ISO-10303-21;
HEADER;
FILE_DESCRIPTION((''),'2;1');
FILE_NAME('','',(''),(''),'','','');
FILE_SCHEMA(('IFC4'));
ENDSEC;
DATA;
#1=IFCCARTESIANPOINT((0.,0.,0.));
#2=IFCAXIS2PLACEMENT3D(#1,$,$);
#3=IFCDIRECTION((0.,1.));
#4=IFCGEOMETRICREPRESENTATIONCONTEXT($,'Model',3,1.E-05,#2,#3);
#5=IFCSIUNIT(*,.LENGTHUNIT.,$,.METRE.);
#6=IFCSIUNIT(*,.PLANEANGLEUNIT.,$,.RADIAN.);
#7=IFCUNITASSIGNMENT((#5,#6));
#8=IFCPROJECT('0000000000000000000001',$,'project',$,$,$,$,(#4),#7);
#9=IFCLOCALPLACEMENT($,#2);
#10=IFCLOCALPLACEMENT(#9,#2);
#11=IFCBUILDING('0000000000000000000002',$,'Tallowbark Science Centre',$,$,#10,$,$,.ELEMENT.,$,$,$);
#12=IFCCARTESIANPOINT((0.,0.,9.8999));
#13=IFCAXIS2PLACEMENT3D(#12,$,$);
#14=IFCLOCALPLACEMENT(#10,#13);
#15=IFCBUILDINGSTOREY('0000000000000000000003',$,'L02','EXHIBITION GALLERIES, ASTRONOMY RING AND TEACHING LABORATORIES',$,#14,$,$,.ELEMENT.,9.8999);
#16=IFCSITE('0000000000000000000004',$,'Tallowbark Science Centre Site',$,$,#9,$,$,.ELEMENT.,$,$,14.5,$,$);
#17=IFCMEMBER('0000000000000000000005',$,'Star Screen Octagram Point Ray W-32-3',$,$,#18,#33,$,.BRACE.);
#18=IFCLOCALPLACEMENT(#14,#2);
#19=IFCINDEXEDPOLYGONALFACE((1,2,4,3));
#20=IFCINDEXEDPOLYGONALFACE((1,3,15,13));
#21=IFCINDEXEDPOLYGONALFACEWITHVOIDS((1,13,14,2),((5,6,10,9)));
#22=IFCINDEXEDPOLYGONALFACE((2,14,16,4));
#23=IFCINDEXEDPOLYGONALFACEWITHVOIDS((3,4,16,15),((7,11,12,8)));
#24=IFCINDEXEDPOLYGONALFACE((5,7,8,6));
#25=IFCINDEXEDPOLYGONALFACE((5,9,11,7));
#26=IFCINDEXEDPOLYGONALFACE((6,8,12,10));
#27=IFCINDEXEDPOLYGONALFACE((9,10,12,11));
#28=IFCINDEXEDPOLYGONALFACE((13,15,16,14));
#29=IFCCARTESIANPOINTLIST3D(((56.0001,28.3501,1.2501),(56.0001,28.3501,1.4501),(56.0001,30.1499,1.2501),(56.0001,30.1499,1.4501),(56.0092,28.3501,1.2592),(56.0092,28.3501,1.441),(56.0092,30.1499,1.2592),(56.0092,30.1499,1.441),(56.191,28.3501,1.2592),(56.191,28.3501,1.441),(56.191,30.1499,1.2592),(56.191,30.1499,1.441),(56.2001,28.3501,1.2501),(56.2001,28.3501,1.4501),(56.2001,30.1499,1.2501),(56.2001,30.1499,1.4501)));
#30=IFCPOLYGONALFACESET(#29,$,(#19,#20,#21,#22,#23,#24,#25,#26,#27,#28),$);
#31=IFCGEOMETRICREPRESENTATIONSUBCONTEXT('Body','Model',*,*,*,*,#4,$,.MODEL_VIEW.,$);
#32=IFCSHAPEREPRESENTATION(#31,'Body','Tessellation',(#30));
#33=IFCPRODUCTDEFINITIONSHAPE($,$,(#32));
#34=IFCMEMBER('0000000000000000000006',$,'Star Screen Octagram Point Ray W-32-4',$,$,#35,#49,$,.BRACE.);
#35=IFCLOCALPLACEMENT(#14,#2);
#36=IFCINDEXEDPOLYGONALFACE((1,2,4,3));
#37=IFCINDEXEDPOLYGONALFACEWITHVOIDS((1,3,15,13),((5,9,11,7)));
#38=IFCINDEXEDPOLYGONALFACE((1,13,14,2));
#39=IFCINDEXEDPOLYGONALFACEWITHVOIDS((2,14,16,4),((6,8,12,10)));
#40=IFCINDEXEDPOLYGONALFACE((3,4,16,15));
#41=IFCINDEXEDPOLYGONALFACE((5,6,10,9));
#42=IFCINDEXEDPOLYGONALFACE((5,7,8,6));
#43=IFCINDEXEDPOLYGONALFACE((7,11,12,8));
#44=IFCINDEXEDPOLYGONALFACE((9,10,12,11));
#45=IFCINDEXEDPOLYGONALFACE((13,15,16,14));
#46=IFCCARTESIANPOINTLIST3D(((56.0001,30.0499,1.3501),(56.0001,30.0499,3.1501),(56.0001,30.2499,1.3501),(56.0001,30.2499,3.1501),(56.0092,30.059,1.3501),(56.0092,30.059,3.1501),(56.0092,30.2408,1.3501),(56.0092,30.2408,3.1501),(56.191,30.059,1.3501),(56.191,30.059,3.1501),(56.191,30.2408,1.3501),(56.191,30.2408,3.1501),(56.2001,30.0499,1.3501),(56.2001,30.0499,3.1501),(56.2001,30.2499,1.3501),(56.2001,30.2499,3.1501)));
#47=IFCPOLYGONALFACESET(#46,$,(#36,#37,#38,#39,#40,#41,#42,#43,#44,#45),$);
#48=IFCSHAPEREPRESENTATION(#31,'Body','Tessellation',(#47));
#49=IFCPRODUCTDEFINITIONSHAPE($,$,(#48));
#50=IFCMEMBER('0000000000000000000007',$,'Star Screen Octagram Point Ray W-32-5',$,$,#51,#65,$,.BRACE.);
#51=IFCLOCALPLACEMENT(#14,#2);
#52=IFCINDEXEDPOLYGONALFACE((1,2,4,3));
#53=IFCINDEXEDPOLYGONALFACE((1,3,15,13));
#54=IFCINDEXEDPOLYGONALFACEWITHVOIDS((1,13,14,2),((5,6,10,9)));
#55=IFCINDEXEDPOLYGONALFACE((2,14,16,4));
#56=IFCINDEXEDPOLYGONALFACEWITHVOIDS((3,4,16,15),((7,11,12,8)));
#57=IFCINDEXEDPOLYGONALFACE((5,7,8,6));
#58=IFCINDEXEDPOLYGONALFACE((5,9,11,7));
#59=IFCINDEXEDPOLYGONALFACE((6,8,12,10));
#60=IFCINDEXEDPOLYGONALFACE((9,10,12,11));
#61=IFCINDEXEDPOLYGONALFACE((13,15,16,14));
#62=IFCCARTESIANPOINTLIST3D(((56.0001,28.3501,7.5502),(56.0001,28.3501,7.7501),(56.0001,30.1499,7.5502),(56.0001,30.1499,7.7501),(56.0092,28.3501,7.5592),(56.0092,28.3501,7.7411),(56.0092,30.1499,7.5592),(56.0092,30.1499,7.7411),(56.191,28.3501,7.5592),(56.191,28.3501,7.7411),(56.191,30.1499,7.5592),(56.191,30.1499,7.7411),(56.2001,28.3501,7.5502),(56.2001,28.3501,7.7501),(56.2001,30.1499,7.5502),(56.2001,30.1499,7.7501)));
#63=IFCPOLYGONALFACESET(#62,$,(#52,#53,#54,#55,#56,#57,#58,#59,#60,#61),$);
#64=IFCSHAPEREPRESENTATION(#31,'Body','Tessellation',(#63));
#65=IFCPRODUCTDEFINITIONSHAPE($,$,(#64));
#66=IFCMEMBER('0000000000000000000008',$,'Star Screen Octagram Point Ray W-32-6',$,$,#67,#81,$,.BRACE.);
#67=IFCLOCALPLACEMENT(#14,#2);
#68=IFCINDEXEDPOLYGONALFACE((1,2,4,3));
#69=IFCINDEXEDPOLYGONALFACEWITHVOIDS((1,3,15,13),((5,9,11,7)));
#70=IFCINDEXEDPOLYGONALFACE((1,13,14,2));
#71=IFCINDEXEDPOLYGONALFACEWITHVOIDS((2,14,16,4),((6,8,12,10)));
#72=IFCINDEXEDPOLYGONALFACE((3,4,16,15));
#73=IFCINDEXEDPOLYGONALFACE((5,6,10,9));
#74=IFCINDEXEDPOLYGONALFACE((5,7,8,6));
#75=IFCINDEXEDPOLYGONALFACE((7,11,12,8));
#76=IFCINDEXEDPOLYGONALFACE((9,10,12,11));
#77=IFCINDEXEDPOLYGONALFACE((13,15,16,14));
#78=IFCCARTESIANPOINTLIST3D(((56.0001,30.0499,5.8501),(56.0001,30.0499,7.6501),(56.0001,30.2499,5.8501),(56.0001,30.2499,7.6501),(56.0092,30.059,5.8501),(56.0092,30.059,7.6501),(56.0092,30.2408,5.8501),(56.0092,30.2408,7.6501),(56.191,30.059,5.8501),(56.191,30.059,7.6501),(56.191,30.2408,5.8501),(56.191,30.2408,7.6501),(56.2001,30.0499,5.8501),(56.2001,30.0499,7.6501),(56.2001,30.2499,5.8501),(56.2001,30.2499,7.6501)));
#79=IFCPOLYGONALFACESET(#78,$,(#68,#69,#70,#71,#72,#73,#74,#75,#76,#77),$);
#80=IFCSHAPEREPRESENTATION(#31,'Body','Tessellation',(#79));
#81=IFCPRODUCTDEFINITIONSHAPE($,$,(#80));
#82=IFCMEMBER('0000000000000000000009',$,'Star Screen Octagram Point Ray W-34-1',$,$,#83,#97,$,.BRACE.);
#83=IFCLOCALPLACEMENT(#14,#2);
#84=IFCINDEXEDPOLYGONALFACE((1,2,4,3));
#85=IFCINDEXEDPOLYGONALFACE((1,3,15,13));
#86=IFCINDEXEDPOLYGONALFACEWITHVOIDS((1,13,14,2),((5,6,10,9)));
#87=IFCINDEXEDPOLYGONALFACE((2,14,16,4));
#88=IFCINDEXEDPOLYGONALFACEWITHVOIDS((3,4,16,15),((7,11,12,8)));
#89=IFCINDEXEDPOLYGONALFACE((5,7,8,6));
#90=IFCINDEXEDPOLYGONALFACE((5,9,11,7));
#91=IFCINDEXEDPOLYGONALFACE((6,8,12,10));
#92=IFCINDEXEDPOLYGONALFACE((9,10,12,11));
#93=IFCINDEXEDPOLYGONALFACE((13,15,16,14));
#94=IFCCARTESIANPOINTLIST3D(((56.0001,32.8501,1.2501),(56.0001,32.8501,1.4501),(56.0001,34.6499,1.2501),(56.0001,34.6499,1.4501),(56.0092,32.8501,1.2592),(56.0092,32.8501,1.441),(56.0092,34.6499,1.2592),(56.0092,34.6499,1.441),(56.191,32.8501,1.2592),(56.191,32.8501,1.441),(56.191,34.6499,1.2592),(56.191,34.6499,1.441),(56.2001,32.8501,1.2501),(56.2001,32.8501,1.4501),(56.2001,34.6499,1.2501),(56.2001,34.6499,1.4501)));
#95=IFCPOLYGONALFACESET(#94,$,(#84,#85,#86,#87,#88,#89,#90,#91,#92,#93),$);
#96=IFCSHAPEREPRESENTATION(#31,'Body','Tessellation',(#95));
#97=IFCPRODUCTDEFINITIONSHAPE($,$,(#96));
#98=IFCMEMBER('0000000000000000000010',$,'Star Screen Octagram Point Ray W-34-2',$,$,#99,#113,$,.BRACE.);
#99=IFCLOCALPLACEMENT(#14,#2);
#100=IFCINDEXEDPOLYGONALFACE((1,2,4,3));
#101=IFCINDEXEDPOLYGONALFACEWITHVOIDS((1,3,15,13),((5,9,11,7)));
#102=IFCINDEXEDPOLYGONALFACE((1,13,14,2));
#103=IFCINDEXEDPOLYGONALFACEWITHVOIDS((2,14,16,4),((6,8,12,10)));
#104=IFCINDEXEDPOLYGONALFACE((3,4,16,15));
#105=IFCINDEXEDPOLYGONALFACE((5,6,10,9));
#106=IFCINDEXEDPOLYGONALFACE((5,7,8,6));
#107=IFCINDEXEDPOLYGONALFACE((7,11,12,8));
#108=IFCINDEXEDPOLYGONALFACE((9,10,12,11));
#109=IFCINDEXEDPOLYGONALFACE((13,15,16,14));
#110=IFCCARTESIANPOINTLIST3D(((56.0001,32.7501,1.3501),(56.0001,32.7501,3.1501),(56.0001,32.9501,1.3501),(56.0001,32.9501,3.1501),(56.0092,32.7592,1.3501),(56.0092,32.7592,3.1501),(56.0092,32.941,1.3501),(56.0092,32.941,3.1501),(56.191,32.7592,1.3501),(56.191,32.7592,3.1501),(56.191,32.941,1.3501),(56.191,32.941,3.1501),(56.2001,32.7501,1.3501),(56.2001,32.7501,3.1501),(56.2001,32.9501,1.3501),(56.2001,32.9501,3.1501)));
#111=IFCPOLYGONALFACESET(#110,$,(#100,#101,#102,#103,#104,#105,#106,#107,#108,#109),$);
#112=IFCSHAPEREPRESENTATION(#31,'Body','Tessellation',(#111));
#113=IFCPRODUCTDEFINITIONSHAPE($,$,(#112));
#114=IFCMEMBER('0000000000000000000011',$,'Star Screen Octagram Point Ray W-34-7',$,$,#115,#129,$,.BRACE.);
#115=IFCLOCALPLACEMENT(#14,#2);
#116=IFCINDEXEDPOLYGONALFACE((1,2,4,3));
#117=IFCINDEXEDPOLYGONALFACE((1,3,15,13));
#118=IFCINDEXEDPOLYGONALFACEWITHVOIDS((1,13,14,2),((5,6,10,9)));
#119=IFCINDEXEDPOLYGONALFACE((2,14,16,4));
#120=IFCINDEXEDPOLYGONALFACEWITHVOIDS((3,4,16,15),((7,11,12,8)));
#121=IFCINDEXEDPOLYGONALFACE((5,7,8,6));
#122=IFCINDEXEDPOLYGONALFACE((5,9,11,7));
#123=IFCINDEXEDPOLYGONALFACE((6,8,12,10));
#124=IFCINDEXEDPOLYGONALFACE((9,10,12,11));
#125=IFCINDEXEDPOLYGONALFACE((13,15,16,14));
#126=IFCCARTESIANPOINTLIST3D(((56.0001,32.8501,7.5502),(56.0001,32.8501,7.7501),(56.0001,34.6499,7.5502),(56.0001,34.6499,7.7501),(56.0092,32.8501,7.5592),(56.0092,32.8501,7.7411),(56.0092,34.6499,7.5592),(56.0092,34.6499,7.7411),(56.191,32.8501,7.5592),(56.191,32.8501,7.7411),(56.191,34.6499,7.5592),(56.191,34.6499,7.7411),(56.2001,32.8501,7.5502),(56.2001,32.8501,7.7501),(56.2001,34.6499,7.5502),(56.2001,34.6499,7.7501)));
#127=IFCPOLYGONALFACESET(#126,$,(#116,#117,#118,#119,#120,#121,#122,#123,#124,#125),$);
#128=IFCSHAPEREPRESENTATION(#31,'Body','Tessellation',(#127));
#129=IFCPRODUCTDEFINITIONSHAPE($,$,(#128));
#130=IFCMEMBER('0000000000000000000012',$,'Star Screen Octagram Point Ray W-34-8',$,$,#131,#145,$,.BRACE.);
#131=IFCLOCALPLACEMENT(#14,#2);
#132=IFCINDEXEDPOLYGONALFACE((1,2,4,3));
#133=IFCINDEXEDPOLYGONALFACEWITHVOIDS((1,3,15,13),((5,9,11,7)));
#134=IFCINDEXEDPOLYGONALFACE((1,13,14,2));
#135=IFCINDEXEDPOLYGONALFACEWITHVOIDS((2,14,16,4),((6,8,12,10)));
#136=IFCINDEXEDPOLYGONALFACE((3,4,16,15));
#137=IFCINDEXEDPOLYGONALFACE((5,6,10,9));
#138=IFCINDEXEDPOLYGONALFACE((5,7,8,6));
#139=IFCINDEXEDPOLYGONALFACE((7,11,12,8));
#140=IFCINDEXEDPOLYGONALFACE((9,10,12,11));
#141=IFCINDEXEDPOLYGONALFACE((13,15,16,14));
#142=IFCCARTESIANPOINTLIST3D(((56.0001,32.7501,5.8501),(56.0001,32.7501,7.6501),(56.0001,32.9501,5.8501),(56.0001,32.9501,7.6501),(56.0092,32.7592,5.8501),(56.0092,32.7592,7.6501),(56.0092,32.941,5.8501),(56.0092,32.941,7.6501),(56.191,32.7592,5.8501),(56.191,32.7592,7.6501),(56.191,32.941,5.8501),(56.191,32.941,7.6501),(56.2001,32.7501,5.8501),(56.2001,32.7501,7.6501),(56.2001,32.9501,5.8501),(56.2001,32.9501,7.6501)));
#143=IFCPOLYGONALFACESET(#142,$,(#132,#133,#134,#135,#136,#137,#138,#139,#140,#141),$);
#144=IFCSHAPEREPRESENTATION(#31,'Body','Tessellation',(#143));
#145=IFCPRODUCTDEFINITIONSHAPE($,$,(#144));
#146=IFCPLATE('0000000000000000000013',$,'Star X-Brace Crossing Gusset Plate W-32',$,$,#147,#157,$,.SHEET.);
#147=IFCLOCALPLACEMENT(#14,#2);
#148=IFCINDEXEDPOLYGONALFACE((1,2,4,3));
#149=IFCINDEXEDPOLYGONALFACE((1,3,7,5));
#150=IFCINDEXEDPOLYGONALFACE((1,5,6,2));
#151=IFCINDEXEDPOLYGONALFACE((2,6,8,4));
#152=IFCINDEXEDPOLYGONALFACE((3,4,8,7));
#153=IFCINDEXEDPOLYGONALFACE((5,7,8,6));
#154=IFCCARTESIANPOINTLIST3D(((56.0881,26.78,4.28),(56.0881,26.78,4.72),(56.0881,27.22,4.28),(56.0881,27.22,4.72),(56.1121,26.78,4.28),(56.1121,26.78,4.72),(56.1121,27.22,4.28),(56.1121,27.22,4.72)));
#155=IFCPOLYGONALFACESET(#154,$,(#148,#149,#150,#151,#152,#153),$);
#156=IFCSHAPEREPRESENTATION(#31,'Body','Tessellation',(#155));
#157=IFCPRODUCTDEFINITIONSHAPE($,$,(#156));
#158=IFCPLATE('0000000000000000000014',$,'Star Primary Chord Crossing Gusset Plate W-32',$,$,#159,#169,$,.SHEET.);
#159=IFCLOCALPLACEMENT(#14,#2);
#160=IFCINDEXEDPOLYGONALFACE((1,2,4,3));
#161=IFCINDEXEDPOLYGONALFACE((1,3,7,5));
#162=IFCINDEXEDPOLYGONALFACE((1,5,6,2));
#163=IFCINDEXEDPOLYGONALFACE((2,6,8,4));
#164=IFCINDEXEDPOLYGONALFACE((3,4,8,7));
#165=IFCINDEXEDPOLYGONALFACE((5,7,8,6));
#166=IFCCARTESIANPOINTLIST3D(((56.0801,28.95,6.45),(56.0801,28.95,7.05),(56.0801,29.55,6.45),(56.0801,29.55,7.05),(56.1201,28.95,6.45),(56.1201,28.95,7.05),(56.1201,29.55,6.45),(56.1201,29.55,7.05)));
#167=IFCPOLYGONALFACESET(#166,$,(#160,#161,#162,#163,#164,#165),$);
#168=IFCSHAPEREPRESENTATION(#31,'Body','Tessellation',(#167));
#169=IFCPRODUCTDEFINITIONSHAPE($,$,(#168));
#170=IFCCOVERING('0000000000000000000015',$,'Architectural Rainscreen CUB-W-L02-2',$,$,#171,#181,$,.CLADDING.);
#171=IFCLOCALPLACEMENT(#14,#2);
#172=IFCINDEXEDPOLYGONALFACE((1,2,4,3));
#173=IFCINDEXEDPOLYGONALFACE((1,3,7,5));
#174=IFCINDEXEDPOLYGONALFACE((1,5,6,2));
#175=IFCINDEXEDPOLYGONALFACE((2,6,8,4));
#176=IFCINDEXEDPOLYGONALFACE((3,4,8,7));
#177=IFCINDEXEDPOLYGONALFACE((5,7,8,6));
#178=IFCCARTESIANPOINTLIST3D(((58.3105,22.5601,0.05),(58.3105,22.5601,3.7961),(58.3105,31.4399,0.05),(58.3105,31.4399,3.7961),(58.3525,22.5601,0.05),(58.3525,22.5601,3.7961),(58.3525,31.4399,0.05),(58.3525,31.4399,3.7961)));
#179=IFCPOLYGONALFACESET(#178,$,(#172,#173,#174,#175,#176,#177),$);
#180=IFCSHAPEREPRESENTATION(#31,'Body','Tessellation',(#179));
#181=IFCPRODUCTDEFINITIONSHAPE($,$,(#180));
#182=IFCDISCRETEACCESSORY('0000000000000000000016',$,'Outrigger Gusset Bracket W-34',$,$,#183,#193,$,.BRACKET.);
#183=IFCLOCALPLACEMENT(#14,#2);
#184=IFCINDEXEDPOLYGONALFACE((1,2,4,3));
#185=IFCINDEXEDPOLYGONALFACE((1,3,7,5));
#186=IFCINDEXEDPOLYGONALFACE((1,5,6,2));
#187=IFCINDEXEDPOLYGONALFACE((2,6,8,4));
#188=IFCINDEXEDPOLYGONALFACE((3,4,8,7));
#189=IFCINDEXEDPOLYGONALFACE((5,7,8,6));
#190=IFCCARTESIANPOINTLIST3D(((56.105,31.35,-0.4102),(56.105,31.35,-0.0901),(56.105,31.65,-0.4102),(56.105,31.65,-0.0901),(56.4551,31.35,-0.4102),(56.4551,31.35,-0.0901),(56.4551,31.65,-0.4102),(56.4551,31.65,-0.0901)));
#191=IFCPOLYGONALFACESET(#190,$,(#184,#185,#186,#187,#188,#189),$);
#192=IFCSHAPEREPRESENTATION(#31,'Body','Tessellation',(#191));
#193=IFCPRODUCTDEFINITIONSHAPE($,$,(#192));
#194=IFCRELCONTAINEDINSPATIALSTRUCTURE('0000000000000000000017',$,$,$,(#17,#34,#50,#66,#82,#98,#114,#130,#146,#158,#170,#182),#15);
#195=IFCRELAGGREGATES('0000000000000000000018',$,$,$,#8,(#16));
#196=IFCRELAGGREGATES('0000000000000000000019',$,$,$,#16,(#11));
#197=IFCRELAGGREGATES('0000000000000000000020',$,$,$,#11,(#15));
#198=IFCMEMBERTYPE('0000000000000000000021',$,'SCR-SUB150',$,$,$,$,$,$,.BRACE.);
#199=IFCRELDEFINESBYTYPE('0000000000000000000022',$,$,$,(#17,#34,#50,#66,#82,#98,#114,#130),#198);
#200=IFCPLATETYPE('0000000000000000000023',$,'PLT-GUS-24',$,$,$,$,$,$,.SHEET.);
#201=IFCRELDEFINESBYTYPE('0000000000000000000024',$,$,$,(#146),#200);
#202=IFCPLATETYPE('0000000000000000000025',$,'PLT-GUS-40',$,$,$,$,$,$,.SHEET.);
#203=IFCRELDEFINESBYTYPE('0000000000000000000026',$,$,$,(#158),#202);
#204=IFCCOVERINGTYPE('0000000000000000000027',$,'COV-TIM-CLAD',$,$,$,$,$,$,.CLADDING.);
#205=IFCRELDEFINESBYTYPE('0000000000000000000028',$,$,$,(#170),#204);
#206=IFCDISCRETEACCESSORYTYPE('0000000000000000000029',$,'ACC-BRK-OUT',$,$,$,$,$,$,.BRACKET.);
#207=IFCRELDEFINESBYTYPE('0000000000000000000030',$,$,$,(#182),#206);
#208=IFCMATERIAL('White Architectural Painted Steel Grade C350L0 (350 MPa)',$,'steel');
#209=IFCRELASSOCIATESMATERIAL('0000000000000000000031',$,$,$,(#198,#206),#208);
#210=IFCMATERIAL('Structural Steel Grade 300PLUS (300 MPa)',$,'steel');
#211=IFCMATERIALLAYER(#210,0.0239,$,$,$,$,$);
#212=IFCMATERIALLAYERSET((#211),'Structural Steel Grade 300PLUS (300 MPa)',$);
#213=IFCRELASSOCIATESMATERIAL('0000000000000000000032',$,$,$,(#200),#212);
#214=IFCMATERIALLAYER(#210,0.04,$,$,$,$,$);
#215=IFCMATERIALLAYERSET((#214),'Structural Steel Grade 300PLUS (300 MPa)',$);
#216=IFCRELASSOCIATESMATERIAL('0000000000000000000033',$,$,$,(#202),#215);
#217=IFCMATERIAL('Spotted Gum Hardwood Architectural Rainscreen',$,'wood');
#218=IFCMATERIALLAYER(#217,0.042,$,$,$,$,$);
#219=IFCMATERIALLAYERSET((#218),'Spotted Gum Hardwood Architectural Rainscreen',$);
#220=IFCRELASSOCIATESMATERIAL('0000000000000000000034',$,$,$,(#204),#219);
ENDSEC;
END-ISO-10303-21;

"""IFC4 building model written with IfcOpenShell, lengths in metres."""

from ifc_helpers import new_model, si_unit, direction, frame, origin, origin_2d, place, context, subcontext, project, spatial, rectangle, hollow_rectangle, extrude, material, layer, layer_set, material_profile, profile_set, type_object, element, save


model = new_model("IFC4")

# Units and contexts
model_context = context("Model", 3, precision=1e-05, world=origin(), true_north=direction((0.0, 1.0)))
body_context = subcontext(model_context, "Body", "Model", "MODEL_VIEW")
ifc_project = project(units=[si_unit("LENGTHUNIT", "METRE"), si_unit("PLANEANGLEUNIT", "RADIAN")], contexts=[model_context])

# Site, building, storey
site_placement = place(None, origin())
site = spatial("IfcSite", under=ifc_project, at=site_placement, Name="Tallowbark Science Centre Site", CompositionType="ELEMENT", RefElevation=14.5)
building_placement = place(site_placement, origin())
building = spatial("IfcBuilding", under=site, at=building_placement, Name="Tallowbark Science Centre", CompositionType="ELEMENT")
storey_placement = place(building_placement, frame((0.0, 0.0, 9.8999)))
storey = spatial("IfcBuildingStorey", under=building, at=storey_placement, Name="L02", Description="EXHIBITION GALLERIES, ASTRONOMY RING AND TEACHING LABORATORIES", CompositionType="ELEMENT", Elevation=9.8999)

# Shared definitions
ifc_material_1 = material(Name="White Architectural Painted Steel Grade C350L0 (350 MPa)", Category="steel")

# Members
ifc_material_profile_1 = material_profile(ifc_material_1, hollow_rectangle(XDim=0.2, YDim=0.2, WallThickness=0.009, at=origin_2d()), Name="200x200x9.0SHS")
ifc_profile_set_1 = profile_set([ifc_material_profile_1], Name="White Architectural Painted Steel Grade C350L0 (350 MPa)")
member_type_1 = type_object("IfcMemberType", Name="SCR-SUB150", PredefinedType="BRACE", material=ifc_profile_set_1)
member_1_placement = place(storey_placement, frame((56.1001, 30.1499, 1.3501), z_axis=(0.0, -1.0, 0.0), x_axis=(1.0, 0.0, 0.0)))
element("IfcMember", 1, at=member_1_placement, inside=storey, type_object=member_type_1, Name="Star Screen Octagram Point Ray W-32-3", PredefinedType="BRACE", context=body_context, shape_type="SweptSolid", body=[
    extrude(hollow_rectangle(XDim=0.2, YDim=0.2, WallThickness=0.009, at=origin_2d()), origin(), (0.0, 0.0, 1.0), 1.7998),
])
member_2_placement = place(storey_placement, frame((56.1001, 30.1499, 1.3501), z_axis=(0.0, 0.0, 1.0), x_axis=(1.0, 0.0, 0.0)))
element("IfcMember", 2, at=member_2_placement, inside=storey, type_object=member_type_1, Name="Star Screen Octagram Point Ray W-32-4", PredefinedType="BRACE", context=body_context, shape_type="SweptSolid", body=[
    extrude(hollow_rectangle(XDim=0.2, YDim=0.2, WallThickness=0.009, at=origin_2d()), origin(), (0.0, 0.0, 1.0), 1.8),
])
member_3_placement = place(storey_placement, frame((56.1001, 30.1499, 7.6501), z_axis=(0.0, -1.0, 0.0), x_axis=(1.0, 0.0, 0.0)))
element("IfcMember", 3, at=member_3_placement, inside=storey, type_object=member_type_1, Name="Star Screen Octagram Point Ray W-32-5", PredefinedType="BRACE", context=body_context, shape_type="SweptSolid", body=[
    extrude(hollow_rectangle(XDim=0.2, YDim=0.2, WallThickness=0.009, at=origin_2d()), origin(), (0.0, 0.0, 1.0), 1.7998),
])
member_4_placement = place(storey_placement, frame((56.1001, 30.1499, 7.6501), z_axis=(0.0, 0.0, -1.0), x_axis=(1.0, 0.0, 0.0)))
element("IfcMember", 4, at=member_4_placement, inside=storey, type_object=member_type_1, Name="Star Screen Octagram Point Ray W-32-6", PredefinedType="BRACE", context=body_context, shape_type="SweptSolid", body=[
    extrude(hollow_rectangle(XDim=0.2, YDim=0.2, WallThickness=0.009, at=origin_2d()), origin(), (0.0, 0.0, 1.0), 1.8),
])
member_5_placement = place(storey_placement, frame((56.1001, 32.8501, 1.3501), z_axis=(0.0, 1.0, 0.0), x_axis=(-1.0, 0.0, 0.0)))
element("IfcMember", 5, at=member_5_placement, inside=storey, type_object=member_type_1, Name="Star Screen Octagram Point Ray W-34-1", PredefinedType="BRACE", context=body_context, shape_type="SweptSolid", body=[
    extrude(hollow_rectangle(XDim=0.2, YDim=0.2, WallThickness=0.009, at=origin_2d()), origin(), (0.0, 0.0, 1.0), 1.7998),
])
member_6_placement = place(storey_placement, frame((56.1001, 32.8501, 1.3501), z_axis=(0.0, 0.0, 1.0), x_axis=(1.0, 0.0, 0.0)))
element("IfcMember", 6, at=member_6_placement, inside=storey, type_object=member_type_1, Name="Star Screen Octagram Point Ray W-34-2", PredefinedType="BRACE", context=body_context, shape_type="SweptSolid", body=[
    extrude(hollow_rectangle(XDim=0.2, YDim=0.2, WallThickness=0.009, at=origin_2d()), origin(), (0.0, 0.0, 1.0), 1.8),
])
member_7_placement = place(storey_placement, frame((56.1001, 32.8501, 7.6501), z_axis=(0.0, 1.0, 0.0), x_axis=(-1.0, 0.0, 0.0)))
element("IfcMember", 7, at=member_7_placement, inside=storey, type_object=member_type_1, Name="Star Screen Octagram Point Ray W-34-7", PredefinedType="BRACE", context=body_context, shape_type="SweptSolid", body=[
    extrude(hollow_rectangle(XDim=0.2, YDim=0.2, WallThickness=0.009, at=origin_2d()), origin(), (0.0, 0.0, 1.0), 1.7998),
])
member_8_placement = place(storey_placement, frame((56.1001, 32.8501, 7.6501), z_axis=(0.0, 0.0, -1.0), x_axis=(1.0, 0.0, 0.0)))
element("IfcMember", 8, at=member_8_placement, inside=storey, type_object=member_type_1, Name="Star Screen Octagram Point Ray W-34-8", PredefinedType="BRACE", context=body_context, shape_type="SweptSolid", body=[
    extrude(hollow_rectangle(XDim=0.2, YDim=0.2, WallThickness=0.009, at=origin_2d()), origin(), (0.0, 0.0, 1.0), 1.8),
])

# Plates
ifc_material_2 = material(Name="Structural Steel Grade 300PLUS (300 MPa)", Category="steel")
ifc_layer_1 = layer(ifc_material_2, 0.0239)
ifc_layer_set_1 = layer_set([ifc_layer_1], Name="Structural Steel Grade 300PLUS (300 MPa)")
plate_type_1 = type_object("IfcPlateType", Name="PLT-GUS-24", PredefinedType="SHEET", material=ifc_layer_set_1)
plate_1_placement = place(storey_placement, frame((56.1001, 27.0, 4.28), z_axis=(0.0, 0.0, 1.0), x_axis=(0.0, 1.0, 0.0)))
element("IfcPlate", 9, at=plate_1_placement, inside=storey, type_object=plate_type_1, Name="Star X-Brace Crossing Gusset Plate W-32", PredefinedType="SHEET", context=body_context, shape_type="SweptSolid", body=[
    extrude(rectangle(XDim=0.4399, YDim=0.0239, at=origin_2d()), origin(), (0.0, 0.0, 1.0), 0.4399),
])
ifc_layer_2 = layer(ifc_material_2, 0.04)
ifc_layer_set_2 = layer_set([ifc_layer_2], Name="Structural Steel Grade 300PLUS (300 MPa)")
plate_type_2 = type_object("IfcPlateType", Name="PLT-GUS-40", PredefinedType="SHEET", material=ifc_layer_set_2)
plate_2_placement = place(storey_placement, frame((56.1001, 29.25, 6.45), z_axis=(0.0, 0.0, 1.0), x_axis=(0.0, 1.0, 0.0)))
element("IfcPlate", 10, at=plate_2_placement, inside=storey, type_object=plate_type_2, Name="Star Primary Chord Crossing Gusset Plate W-32", PredefinedType="SHEET", context=body_context, shape_type="SweptSolid", body=[
    extrude(rectangle(XDim=0.6001, YDim=0.04, at=origin_2d()), origin(), (0.0, 0.0, 1.0), 0.6001),
])

# Covering
ifc_material_3 = material(Name="Spotted Gum Hardwood Architectural Rainscreen", Category="wood")
ifc_layer_3 = layer(ifc_material_3, 0.042)
ifc_layer_set_3 = layer_set([ifc_layer_3], Name="Spotted Gum Hardwood Architectural Rainscreen")
covering_type = type_object("IfcCoveringType", Name="COV-TIM-CLAD", PredefinedType="CLADDING", material=ifc_layer_set_3)
covering_placement = place(storey_placement, frame((58.3315, 27.0, 0.05), z_axis=(0.0, 0.0, 1.0), x_axis=(0.0, -1.0, 0.0)))
element("IfcCovering", 11, at=covering_placement, inside=storey, type_object=covering_type, Name="Architectural Rainscreen CUB-W-L02-2", PredefinedType="CLADDING", context=body_context, shape_type="SweptSolid", body=[
    extrude(rectangle(XDim=8.8799, YDim=0.042, at=origin_2d()), origin(), (0.0, 0.0, 1.0), 3.7461),
])

# Discrete accessory
discrete_accessory_type = type_object("IfcDiscreteAccessoryType", Name="ACC-BRK-OUT", PredefinedType="BRACKET", material=ifc_material_1)
discrete_accessory_placement = place(storey_placement, frame((56.28, 31.5, -0.4102), z_axis=(0.0, 0.0, 1.0), x_axis=(1.0, 0.0, 0.0)))
element("IfcDiscreteAccessory", 12, at=discrete_accessory_placement, inside=storey, type_object=discrete_accessory_type, Name="Outrigger Gusset Bracket W-34", PredefinedType="BRACKET", context=body_context, shape_type="SweptSolid", body=[
    extrude(rectangle(XDim=0.3501, YDim=0.3, at=origin_2d()), origin(), (0.0, 0.0, 1.0), 0.3201),
])

save(model, "model.ifc")
